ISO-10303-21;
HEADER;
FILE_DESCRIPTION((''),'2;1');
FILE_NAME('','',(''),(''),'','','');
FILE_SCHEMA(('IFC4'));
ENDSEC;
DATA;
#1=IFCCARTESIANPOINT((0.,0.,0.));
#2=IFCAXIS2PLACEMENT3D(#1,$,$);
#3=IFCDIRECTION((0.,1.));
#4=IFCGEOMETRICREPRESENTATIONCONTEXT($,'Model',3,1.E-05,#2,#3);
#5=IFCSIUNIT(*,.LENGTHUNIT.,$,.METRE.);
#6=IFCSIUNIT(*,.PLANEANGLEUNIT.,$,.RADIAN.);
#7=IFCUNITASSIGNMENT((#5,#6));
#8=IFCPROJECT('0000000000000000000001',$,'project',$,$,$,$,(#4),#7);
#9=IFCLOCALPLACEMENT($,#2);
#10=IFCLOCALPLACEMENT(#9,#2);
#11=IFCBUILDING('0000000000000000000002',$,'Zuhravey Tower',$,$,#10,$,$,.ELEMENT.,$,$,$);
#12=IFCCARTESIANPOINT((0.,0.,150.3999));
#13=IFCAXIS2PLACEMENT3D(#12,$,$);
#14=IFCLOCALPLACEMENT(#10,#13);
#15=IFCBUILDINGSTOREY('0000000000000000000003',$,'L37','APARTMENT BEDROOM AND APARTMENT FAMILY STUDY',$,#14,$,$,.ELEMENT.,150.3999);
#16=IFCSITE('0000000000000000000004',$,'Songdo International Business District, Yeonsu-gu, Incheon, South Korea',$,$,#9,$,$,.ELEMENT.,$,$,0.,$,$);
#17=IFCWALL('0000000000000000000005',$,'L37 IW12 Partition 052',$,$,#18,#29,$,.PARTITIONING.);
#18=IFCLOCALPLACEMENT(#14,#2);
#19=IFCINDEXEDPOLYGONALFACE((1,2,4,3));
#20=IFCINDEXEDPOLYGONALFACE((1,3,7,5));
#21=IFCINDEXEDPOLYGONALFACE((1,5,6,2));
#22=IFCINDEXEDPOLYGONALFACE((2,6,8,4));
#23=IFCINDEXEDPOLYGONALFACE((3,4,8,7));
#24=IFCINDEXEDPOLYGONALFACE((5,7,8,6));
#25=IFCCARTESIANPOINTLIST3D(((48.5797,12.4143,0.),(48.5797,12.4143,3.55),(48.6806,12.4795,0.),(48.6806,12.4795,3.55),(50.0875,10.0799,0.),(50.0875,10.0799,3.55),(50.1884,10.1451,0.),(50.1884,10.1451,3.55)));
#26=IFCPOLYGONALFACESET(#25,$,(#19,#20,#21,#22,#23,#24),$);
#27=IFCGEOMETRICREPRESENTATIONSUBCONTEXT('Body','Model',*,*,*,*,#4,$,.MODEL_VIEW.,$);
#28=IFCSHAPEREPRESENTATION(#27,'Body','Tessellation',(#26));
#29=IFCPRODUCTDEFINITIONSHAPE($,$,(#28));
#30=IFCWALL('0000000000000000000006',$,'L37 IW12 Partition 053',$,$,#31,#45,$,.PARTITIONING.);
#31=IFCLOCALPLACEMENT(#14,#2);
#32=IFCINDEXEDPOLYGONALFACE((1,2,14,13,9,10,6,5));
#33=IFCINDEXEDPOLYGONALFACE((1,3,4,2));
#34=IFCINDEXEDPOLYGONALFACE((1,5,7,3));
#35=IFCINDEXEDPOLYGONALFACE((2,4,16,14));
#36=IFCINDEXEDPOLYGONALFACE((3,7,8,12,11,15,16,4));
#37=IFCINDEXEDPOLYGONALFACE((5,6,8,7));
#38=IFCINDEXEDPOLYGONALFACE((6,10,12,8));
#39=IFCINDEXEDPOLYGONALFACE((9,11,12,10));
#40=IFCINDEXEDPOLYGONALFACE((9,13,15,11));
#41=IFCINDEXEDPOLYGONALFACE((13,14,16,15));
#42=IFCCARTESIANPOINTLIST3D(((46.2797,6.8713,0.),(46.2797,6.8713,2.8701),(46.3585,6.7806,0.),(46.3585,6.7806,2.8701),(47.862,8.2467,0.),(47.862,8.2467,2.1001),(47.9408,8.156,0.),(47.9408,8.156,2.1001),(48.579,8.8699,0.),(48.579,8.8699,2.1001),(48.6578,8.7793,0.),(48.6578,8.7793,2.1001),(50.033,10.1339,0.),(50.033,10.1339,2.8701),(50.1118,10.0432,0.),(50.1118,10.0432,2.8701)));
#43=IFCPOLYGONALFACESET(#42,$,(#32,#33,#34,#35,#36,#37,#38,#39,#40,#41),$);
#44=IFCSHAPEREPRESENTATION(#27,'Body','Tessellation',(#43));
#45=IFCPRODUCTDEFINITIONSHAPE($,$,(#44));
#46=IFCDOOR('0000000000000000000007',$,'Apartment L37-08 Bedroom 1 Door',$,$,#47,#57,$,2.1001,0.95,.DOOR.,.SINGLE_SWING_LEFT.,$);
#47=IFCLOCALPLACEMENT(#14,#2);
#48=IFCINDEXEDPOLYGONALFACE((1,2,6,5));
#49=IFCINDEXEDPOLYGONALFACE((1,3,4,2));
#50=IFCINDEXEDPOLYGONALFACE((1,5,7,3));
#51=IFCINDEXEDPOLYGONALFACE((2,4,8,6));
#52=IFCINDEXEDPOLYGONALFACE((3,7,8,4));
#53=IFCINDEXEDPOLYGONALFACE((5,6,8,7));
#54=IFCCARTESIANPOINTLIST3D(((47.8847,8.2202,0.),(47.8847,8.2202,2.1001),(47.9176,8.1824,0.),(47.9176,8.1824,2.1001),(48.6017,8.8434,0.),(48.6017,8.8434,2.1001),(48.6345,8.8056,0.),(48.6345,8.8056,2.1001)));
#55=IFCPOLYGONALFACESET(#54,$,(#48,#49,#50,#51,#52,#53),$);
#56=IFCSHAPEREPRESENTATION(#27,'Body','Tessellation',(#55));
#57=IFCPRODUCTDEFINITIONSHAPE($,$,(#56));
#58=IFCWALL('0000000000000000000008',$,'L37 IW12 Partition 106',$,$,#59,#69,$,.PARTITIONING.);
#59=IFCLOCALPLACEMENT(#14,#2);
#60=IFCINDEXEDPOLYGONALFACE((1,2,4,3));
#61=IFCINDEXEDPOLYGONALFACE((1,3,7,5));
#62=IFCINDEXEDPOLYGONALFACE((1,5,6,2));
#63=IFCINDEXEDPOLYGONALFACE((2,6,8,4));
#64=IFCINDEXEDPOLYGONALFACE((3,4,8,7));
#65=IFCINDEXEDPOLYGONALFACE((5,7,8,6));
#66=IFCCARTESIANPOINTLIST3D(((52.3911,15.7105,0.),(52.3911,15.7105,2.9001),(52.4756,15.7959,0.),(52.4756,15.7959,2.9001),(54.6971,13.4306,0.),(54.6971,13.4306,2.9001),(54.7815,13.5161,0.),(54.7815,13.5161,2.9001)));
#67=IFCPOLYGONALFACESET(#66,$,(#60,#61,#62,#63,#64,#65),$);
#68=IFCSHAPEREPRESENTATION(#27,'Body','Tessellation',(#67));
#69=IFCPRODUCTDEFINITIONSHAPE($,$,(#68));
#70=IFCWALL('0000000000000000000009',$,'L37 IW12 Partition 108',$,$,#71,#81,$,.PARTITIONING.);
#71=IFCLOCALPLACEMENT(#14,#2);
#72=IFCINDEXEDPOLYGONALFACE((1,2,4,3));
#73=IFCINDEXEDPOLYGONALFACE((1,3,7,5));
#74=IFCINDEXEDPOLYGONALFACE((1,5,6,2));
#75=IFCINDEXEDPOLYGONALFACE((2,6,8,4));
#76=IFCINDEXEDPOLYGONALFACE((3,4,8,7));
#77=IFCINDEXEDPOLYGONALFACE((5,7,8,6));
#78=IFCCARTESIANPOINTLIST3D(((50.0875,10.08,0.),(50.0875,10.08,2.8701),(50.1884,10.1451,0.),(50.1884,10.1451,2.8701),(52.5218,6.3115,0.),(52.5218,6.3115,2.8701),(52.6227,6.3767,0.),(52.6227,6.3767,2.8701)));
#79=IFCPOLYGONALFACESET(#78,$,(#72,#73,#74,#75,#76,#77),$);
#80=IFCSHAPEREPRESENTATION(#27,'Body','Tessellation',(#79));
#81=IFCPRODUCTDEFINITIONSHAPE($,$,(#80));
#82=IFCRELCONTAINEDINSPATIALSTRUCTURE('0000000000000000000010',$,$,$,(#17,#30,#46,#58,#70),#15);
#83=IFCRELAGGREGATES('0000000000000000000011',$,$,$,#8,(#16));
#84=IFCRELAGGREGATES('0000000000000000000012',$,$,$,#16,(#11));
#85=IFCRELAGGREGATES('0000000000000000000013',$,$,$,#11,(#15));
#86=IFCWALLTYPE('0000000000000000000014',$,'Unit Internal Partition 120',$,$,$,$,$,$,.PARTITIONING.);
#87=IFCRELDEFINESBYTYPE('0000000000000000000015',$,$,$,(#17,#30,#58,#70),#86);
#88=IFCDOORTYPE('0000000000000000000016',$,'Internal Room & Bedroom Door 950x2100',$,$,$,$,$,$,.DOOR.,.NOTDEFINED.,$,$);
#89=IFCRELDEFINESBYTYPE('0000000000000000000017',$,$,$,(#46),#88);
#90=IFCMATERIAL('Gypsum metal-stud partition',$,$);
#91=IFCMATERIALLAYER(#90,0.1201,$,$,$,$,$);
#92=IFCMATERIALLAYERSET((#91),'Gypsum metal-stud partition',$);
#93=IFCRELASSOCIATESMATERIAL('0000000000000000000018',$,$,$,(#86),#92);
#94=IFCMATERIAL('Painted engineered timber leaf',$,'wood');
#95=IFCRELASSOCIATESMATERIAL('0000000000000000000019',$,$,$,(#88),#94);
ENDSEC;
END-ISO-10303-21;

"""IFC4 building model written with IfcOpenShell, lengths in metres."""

from ifc_helpers import new_model, si_unit, direction, frame, frame_2d, origin, place, context, subcontext, project, spatial, rectangle, extrude, material, layer, layer_set, type_object, element, fill, save


model = new_model("IFC4")

# Units and contexts
model_context = context("Model", 3, precision=1e-05, world=origin(), true_north=direction((0.0, 1.0)))
body_context = subcontext(model_context, "Body", "Model", "MODEL_VIEW")
ifc_project = project(units=[si_unit("LENGTHUNIT", "METRE"), si_unit("PLANEANGLEUNIT", "RADIAN")], contexts=[model_context])

# Site, building, storey
site_placement = place(None, origin())
site = spatial("IfcSite", under=ifc_project, at=site_placement, Name="Songdo International Business District, Yeonsu-gu, Incheon, South Korea", CompositionType="ELEMENT", RefElevation=0.0)
building_placement = place(site_placement, origin())
building = spatial("IfcBuilding", under=site, at=building_placement, Name="Zuhravey Tower", CompositionType="ELEMENT")
storey_placement = place(building_placement, frame((0.0, 0.0, 150.3999)))
storey = spatial("IfcBuildingStorey", under=building, at=storey_placement, Name="L37", Description="APARTMENT BEDROOM AND APARTMENT FAMILY STUDY", CompositionType="ELEMENT", Elevation=150.3999)

# Shared definitions
ifc_material_1 = material(Name="Gypsum metal-stud partition")
ifc_layer_1 = layer(ifc_material_1, 0.1201)
ifc_layer_set_1 = layer_set([ifc_layer_1], Name="Gypsum metal-stud partition")
wall_type_1 = type_object("IfcWallType", Name="Unit Internal Partition 120", PredefinedType="PARTITIONING", material=ifc_layer_set_1)
ifc_material_2 = material(Name="Painted engineered timber leaf", Category="wood")
door_type = type_object("IfcDoorType", Name="Internal Room & Bedroom Door 950x2100", OperationType="NOTDEFINED", PredefinedType="DOOR", material=ifc_material_2)

# Wall
wall_1_placement = place(storey_placement, frame((48.6301, 12.447, 0.0), z_axis=(0.0, 0.0, 1.0), x_axis=(0.542559, -0.840018, 0.0)))
element("IfcWall", 1, at=wall_1_placement, inside=storey, type_object=wall_type_1, Name="L37 IW12 Partition 052", PredefinedType="PARTITIONING", context=body_context, shape_type="SweptSolid", body=[
    extrude(rectangle(XDim=2.7791, YDim=0.1201, at=frame_2d((1.3896, 0.0))), origin(), (0.0, 0.0, 1.0), 3.55),
])

# Wall, opening, door
wall_2_placement = place(storey_placement, frame((46.3191, 6.8259, 0.0), z_axis=(0.0, 0.0, 1.0), x_axis=(0.75472, 0.656047, 0.0)))
wall_2 = element("IfcWall", 2, at=wall_2_placement, inside=storey, type_object=wall_type_1, Name="L37 IW12 Partition 053", PredefinedType="PARTITIONING", context=body_context, shape_type="SweptSolid", body=[
    extrude(rectangle(XDim=4.9731, YDim=0.1201, at=frame_2d((2.4866, 0.0))), origin(), (0.0, 0.0, 1.0), 2.8701),
])
opening_1_placement = place(wall_2_placement, frame((2.0964, 0.0, 0.0)))
opening_1 = element("IfcOpeningElement", 3, at=opening_1_placement, cuts=wall_2, PredefinedType="OPENING", context=body_context, shape_type="SweptSolid", body=[
    extrude(rectangle(XDim=0.95, YDim=2.1001, at=frame_2d((0.4751, 1.05))), frame((0.0, 0.072, 0.0), z_axis=(0.0, -1.0, 0.0), x_axis=(1.0, 0.0, 0.0)), (0.0, 0.0, 1.0), 0.144),
])
door_1_placement = place(opening_1_placement, frame((0.95, 0.0, 0.0), z_axis=(0.0, 0.0, 1.0), x_axis=(-1.0, 0.0, 0.0)))
door_1 = element("IfcDoor", 4, at=door_1_placement, inside=storey, type_object=door_type, Name="Apartment L37-08 Bedroom 1 Door", OperationType="SINGLE_SWING_LEFT", OverallHeight=2.1001, OverallWidth=0.95, PredefinedType="DOOR", context=body_context, shape_type="SweptSolid", body=[
    extrude(rectangle(XDim=0.95, YDim=2.1001, at=frame_2d((0.4751, 1.05))), frame((0.0, 0.0249, 0.0), z_axis=(0.0, -1.0, 0.0), x_axis=(1.0, 0.0, 0.0)), (0.0, 0.0, 1.0), 0.05),
])
fill(opening_1, door_1)

# Walls
wall_3_placement = place(storey_placement, frame((52.4333, 15.7532, 0.0), z_axis=(0.0, 0.0, 1.0), x_axis=(0.711123, -0.703067, 0.0)))
element("IfcWall", 5, at=wall_3_placement, inside=storey, type_object=wall_type_1, Name="L37 IW12 Partition 106", PredefinedType="PARTITIONING", context=body_context, shape_type="SweptSolid", body=[
    extrude(rectangle(XDim=3.2427, YDim=0.1201, at=frame_2d((1.6213, 0.0))), origin(), (0.0, 0.0, 1.0), 2.9001),
])
wall_4_placement = place(storey_placement, frame((50.1379, 10.1125, 0.0), z_axis=(0.0, 0.0, 1.0), x_axis=(0.542599, -0.839992, 0.0)))
element("IfcWall", 6, at=wall_4_placement, inside=storey, type_object=wall_type_1, Name="L37 IW12 Partition 108", PredefinedType="PARTITIONING", context=body_context, shape_type="SweptSolid", body=[
    extrude(rectangle(XDim=4.4863, YDim=0.1201, at=frame_2d((2.2432, 0.0))), origin(), (0.0, 0.0, 1.0), 2.8701),
])

save(model, "model.ifc")
